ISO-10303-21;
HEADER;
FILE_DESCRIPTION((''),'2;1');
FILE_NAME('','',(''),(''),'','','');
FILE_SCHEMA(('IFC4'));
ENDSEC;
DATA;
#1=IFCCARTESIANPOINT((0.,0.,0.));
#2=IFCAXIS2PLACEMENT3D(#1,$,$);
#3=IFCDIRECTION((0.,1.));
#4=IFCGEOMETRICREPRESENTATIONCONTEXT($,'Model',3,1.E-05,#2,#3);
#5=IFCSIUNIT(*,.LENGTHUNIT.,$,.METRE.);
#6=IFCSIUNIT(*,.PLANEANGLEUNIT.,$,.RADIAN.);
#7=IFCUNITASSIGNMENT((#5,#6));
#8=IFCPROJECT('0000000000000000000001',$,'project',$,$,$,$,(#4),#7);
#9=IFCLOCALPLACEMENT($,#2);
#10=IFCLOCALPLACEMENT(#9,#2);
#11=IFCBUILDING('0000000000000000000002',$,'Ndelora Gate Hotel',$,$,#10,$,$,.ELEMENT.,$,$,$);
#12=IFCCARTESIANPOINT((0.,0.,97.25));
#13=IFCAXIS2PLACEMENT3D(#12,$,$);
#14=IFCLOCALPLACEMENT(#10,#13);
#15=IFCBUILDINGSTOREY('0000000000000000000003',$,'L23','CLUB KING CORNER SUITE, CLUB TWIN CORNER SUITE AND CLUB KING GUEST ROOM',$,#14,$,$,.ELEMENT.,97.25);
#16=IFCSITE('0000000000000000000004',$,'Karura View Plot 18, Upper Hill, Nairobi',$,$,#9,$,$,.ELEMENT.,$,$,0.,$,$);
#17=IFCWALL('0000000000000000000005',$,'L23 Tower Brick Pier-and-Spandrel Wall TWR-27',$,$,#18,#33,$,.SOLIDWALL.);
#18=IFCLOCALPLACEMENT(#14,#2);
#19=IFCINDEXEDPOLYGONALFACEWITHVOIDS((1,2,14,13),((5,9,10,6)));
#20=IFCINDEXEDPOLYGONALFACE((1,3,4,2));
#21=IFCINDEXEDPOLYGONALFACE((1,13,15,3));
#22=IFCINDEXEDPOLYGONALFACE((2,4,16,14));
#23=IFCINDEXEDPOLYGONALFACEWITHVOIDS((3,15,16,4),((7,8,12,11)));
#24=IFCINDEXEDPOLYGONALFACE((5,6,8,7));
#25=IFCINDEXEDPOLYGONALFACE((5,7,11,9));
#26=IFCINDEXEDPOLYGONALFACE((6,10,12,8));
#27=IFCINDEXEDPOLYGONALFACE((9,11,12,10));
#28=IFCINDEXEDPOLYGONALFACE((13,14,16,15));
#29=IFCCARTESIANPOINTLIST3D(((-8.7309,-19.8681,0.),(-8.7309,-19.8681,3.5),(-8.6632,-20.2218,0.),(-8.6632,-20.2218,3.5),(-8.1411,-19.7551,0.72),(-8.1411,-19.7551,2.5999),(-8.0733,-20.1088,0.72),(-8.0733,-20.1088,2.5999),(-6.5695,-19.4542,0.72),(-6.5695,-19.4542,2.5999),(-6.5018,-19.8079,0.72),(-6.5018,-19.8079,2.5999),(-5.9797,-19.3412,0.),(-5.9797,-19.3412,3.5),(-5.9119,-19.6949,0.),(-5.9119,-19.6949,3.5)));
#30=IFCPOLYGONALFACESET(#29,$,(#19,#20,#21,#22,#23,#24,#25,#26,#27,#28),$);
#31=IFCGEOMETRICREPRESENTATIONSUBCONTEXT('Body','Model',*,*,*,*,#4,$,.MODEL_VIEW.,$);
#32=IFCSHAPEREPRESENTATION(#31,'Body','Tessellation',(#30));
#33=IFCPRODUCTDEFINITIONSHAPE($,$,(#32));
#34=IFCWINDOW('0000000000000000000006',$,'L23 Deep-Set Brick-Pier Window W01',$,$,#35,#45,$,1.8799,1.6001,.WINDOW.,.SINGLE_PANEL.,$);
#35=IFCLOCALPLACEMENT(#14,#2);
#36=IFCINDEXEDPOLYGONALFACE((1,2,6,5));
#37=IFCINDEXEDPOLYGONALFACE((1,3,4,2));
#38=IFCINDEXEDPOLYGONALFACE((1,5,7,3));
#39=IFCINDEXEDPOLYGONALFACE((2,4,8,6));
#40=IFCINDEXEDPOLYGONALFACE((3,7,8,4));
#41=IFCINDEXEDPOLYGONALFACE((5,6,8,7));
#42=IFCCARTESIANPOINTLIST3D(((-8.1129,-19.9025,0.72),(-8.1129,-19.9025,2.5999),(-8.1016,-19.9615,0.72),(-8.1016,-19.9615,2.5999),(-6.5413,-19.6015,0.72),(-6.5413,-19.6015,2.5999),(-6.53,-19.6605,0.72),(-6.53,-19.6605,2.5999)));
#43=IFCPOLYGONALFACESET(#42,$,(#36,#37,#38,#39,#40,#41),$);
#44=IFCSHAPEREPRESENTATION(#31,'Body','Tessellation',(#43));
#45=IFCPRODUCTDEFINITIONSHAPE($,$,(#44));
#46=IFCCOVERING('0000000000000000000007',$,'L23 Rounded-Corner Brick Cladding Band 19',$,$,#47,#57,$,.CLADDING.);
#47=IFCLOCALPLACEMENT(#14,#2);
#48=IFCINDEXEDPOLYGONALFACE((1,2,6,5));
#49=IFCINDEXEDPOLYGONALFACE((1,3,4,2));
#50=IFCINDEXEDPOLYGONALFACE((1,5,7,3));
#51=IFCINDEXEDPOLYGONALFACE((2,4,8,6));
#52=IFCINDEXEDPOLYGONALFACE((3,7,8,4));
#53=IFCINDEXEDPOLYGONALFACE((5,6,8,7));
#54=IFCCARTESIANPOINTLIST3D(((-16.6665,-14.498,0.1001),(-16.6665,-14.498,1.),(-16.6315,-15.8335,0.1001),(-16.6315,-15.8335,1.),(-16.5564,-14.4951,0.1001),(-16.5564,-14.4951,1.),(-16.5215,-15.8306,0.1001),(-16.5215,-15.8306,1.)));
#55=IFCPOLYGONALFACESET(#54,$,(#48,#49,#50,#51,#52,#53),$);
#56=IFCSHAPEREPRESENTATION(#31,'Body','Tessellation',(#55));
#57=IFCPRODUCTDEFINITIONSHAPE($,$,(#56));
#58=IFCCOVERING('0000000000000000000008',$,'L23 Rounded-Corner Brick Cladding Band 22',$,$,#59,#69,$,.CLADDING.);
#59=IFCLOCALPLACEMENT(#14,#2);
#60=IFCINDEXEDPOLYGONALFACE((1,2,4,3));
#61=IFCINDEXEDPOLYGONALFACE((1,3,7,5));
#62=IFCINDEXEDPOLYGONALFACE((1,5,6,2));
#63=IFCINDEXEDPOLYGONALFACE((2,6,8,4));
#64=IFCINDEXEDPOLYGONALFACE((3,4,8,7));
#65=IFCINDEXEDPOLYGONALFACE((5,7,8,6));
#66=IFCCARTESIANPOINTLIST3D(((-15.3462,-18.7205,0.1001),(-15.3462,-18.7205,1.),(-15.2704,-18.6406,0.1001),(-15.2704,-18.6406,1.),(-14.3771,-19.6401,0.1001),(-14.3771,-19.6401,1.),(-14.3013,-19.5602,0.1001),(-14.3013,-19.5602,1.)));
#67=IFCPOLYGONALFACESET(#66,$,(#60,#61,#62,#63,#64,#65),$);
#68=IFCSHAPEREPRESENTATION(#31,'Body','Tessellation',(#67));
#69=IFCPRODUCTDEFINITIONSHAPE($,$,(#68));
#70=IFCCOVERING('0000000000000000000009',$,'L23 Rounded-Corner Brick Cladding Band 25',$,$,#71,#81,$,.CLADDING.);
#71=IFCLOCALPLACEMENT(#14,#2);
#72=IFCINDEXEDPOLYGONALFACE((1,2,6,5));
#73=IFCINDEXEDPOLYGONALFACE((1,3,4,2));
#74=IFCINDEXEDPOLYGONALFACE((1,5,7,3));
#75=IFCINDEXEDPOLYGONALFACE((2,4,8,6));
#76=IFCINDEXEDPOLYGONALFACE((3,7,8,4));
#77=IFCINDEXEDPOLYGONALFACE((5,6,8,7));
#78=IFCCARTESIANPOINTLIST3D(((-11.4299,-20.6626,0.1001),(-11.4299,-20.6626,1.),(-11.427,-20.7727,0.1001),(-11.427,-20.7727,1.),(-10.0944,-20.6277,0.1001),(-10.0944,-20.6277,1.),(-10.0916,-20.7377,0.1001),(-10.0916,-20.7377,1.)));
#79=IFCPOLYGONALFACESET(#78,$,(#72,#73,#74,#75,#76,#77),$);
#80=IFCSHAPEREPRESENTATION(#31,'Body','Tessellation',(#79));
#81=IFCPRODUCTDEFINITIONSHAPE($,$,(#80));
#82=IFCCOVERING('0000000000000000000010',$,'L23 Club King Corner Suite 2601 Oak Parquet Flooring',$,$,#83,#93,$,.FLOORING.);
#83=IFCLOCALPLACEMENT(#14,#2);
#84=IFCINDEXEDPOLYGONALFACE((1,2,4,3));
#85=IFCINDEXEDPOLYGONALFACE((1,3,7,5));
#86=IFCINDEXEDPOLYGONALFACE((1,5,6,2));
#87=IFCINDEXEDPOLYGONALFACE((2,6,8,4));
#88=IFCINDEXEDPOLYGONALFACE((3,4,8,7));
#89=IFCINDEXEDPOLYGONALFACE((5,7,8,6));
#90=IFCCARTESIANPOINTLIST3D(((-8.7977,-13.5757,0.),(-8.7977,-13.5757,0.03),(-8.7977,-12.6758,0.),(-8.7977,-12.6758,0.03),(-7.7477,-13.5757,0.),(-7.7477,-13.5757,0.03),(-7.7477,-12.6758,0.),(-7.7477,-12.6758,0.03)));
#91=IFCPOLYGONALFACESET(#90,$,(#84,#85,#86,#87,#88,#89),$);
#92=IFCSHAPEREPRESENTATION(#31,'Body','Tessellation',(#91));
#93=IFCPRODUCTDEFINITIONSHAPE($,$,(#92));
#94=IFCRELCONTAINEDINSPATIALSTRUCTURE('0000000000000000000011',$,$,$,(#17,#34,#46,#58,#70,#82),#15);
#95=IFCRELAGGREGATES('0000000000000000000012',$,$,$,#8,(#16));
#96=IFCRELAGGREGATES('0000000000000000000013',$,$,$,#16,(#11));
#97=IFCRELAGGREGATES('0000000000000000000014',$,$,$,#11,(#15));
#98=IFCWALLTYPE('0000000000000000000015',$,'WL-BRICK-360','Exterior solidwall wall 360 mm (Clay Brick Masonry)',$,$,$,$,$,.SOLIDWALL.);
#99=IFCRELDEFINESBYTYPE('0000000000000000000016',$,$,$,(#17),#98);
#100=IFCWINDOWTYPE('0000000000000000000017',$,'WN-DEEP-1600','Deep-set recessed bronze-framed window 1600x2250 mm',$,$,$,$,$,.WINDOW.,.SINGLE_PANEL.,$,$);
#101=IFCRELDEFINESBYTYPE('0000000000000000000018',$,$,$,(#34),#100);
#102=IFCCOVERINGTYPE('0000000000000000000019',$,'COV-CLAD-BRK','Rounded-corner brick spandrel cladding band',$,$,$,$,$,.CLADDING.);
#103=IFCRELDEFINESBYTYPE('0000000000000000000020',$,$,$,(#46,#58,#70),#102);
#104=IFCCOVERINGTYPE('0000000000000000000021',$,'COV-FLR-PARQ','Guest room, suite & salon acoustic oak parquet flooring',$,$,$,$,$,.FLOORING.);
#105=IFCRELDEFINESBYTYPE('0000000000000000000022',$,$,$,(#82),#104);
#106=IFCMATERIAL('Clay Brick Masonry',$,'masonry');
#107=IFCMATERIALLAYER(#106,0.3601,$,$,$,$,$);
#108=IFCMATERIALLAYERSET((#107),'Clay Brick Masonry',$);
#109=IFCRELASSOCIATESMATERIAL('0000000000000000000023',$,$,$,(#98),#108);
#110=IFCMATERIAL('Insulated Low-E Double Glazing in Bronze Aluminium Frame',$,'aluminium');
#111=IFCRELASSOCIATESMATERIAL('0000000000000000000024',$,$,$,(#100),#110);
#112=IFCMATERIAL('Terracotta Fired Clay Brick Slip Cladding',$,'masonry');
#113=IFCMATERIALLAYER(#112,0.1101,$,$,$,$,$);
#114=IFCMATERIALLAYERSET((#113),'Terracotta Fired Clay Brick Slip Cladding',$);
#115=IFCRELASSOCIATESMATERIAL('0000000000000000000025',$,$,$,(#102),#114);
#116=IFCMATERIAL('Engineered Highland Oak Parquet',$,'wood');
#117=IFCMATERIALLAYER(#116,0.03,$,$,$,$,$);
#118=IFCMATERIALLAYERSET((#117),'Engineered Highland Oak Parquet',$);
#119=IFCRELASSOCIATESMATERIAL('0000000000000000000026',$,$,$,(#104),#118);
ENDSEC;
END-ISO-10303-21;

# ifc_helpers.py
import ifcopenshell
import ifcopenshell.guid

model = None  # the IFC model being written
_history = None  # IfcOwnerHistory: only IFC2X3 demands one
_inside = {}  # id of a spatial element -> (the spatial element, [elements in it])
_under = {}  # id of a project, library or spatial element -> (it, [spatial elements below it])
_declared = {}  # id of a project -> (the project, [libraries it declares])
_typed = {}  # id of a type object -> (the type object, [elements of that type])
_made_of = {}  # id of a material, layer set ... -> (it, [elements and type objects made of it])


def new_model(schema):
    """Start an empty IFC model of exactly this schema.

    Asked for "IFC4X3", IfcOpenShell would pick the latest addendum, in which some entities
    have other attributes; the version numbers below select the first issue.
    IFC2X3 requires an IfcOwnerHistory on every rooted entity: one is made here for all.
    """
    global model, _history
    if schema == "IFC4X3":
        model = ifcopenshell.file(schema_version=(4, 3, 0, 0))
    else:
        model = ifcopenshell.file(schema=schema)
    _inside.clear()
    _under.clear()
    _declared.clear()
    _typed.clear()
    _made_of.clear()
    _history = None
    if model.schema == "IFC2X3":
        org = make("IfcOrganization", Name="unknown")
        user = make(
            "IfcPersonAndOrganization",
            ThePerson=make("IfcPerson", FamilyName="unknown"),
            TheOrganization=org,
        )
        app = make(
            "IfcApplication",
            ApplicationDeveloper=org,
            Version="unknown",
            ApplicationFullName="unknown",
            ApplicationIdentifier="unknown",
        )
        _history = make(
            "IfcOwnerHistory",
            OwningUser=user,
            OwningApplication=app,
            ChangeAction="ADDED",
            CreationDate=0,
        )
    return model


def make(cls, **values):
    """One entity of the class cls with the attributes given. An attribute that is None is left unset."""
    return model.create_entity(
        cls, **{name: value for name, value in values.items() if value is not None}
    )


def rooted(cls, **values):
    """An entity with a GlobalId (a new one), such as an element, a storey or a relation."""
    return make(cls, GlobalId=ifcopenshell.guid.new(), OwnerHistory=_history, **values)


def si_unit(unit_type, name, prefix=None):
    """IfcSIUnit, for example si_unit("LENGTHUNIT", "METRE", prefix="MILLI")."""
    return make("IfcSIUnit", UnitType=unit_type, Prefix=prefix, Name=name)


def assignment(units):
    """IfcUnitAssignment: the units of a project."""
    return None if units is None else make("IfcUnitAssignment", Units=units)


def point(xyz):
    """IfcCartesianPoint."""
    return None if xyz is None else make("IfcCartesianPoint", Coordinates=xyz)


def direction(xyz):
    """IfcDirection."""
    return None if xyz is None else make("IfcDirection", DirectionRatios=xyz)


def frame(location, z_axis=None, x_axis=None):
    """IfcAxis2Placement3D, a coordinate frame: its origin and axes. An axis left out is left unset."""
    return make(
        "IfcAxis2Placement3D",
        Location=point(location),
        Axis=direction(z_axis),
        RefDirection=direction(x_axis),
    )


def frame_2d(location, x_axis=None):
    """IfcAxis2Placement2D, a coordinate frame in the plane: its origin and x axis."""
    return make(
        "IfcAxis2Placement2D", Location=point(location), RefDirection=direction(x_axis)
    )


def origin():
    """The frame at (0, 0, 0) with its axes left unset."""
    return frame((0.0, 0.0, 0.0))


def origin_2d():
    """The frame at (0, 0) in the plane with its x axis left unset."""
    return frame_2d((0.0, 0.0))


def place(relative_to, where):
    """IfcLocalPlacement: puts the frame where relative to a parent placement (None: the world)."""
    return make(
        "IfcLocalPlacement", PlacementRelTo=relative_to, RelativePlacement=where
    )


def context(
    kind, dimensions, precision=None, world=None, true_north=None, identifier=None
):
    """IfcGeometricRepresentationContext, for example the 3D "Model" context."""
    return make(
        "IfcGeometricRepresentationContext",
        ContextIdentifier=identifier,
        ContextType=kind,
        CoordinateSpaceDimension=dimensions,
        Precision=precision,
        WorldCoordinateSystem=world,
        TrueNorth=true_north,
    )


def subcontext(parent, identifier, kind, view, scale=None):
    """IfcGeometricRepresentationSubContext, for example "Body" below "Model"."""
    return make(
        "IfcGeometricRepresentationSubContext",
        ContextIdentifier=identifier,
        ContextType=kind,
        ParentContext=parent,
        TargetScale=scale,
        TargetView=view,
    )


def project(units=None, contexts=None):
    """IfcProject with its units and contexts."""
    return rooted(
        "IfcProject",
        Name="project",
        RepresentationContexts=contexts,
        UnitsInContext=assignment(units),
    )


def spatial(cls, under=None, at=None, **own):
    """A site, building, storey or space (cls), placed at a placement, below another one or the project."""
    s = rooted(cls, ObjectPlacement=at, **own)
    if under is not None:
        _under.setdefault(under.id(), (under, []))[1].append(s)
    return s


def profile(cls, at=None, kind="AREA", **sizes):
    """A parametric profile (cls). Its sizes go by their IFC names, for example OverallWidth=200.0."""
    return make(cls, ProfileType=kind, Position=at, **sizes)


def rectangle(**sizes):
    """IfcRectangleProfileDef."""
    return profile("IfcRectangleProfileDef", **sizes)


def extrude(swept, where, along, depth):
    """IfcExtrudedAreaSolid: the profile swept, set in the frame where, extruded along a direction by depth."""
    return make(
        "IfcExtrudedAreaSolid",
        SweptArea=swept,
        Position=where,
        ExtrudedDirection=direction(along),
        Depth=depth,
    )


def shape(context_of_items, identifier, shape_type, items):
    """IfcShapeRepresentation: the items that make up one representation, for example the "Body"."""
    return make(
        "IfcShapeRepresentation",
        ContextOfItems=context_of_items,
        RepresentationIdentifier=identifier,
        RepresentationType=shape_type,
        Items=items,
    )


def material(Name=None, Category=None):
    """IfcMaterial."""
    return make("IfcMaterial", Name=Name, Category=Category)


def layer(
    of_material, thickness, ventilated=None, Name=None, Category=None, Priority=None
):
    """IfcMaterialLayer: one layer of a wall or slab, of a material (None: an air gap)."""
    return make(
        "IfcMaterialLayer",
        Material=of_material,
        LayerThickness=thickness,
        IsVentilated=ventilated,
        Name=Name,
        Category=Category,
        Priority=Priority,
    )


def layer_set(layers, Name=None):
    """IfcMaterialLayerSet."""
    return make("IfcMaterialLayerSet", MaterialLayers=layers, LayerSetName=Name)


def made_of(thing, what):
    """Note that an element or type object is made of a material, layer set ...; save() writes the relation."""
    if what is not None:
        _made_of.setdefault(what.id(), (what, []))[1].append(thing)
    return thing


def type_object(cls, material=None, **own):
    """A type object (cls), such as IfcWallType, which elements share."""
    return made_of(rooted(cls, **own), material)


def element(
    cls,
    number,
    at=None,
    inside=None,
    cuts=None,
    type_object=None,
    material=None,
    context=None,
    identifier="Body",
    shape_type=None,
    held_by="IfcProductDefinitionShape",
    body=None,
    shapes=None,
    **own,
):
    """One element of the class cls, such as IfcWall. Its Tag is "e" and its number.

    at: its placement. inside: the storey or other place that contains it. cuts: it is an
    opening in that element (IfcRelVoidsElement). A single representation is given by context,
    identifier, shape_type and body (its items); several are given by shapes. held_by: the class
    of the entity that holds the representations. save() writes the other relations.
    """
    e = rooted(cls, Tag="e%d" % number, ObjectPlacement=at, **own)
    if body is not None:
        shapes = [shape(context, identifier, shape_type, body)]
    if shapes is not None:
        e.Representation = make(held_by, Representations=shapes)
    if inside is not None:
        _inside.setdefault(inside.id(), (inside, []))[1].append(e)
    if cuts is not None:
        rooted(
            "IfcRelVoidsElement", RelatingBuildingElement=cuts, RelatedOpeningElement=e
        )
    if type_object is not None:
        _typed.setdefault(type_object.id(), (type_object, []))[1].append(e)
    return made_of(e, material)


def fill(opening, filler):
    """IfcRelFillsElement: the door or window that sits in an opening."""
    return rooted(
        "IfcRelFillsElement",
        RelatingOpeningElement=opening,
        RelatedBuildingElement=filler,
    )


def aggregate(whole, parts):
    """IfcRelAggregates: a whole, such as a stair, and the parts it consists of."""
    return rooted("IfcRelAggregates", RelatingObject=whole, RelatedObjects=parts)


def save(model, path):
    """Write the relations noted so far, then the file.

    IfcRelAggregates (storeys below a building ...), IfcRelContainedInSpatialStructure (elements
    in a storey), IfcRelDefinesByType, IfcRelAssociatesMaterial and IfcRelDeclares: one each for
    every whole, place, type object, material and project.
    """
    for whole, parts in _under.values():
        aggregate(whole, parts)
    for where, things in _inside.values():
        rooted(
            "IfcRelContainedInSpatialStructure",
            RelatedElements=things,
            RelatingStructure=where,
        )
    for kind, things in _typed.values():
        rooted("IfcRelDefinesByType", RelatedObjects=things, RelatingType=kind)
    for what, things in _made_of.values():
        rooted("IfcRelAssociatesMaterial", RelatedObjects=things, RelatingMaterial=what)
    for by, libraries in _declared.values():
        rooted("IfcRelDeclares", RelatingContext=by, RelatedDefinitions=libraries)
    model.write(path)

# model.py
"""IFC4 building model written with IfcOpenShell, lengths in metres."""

from ifc_helpers import new_model, si_unit, direction, frame, frame_2d, origin, origin_2d, place, context, subcontext, project, spatial, rectangle, extrude, material, layer, layer_set, type_object, element, fill, save


model = new_model("IFC4")

# Units and contexts
model_context = context("Model", 3, precision=1e-05, world=origin(), true_north=direction((0.0, 1.0)))
body_context = subcontext(model_context, "Body", "Model", "MODEL_VIEW")
ifc_project = project(units=[si_unit("LENGTHUNIT", "METRE"), si_unit("PLANEANGLEUNIT", "RADIAN")], contexts=[model_context])

# Site, building, storey
site_placement = place(None, origin())
site = spatial("IfcSite", under=ifc_project, at=site_placement, Name="Karura View Plot 18, Upper Hill, Nairobi", CompositionType="ELEMENT", RefElevation=0.0)
building_placement = place(site_placement, origin())
building = spatial("IfcBuilding", under=site, at=building_placement, Name="Ndelora Gate Hotel", CompositionType="ELEMENT")
storey_placement = place(building_placement, frame((0.0, 0.0, 97.25)))
storey = spatial("IfcBuildingStorey", under=building, at=storey_placement, Name="L23", Description="CLUB KING CORNER SUITE, CLUB TWIN CORNER SUITE AND CLUB KING GUEST ROOM", CompositionType="ELEMENT", Elevation=97.25)

# Shared definitions
ifc_material_1 = material(Name="Clay Brick Masonry", Category="masonry")
ifc_layer_1 = layer(ifc_material_1, 0.3601)
ifc_layer_set_1 = layer_set([ifc_layer_1], Name="Clay Brick Masonry")
wall_type = type_object("IfcWallType", Name="WL-BRICK-360", Description="Exterior solidwall wall 360 mm (Clay Brick Masonry)", PredefinedType="SOLIDWALL", material=ifc_layer_set_1)
ifc_material_2 = material(Name="Insulated Low-E Double Glazing in Bronze Aluminium Frame", Category="aluminium")

# Wall, opening, window
wall_1_placement = place(storey_placement, frame((-5.9458, -19.5181, 0.0), z_axis=(0.0, 0.0, 1.0), x_axis=(-0.982153, -0.188081, 0.0)))
wall_1 = element("IfcWall", 1, at=wall_1_placement, inside=storey, type_object=wall_type, Name="L23 Tower Brick Pier-and-Spandrel Wall TWR-27", PredefinedType="SOLIDWALL", context=body_context, shape_type="SweptSolid", body=[
    extrude(rectangle(XDim=2.8013, YDim=0.3601, at=frame_2d((1.4006, 0.0))), origin(), (0.0, 0.0, 1.0), 3.5),
])
opening_1_placement = place(wall_1_placement, frame((0.6006, 0.0, 0.72)))
opening_1 = element("IfcOpeningElement", 2, at=opening_1_placement, cuts=wall_1, PredefinedType="OPENING", context=body_context, shape_type="SweptSolid", body=[
    extrude(rectangle(XDim=1.6001, YDim=1.8799, at=frame_2d((0.8, 0.9399))), frame((0.0, 0.1899, 0.0), z_axis=(0.0, -1.0, 0.0), x_axis=(1.0, 0.0, 0.0)), (0.0, 0.0, 1.0), 0.3801),
])
window_type_1 = type_object("IfcWindowType", Name="WN-DEEP-1600", Description="Deep-set recessed bronze-framed window 1600x2250 mm", PartitioningType="SINGLE_PANEL", PredefinedType="WINDOW", material=ifc_material_2)
window_1_placement = place(opening_1_placement, origin())
window_1 = element("IfcWindow", 3, at=window_1_placement, inside=storey, type_object=window_type_1, Name="L23 Deep-Set Brick-Pier Window W01", OverallHeight=1.8799, OverallWidth=1.6001, PartitioningType="SINGLE_PANEL", PredefinedType="WINDOW", context=body_context, shape_type="SweptSolid", body=[
    extrude(rectangle(XDim=1.6001, YDim=1.8799, at=frame_2d((0.8, 0.9399))), frame((0.0, 0.03, 0.0), z_axis=(0.0, -1.0, 0.0), x_axis=(1.0, 0.0, 0.0)), (0.0, 0.0, 1.0), 0.0601),
])
fill(opening_1, window_1)

# Coverings
ifc_material_3 = material(Name="Terracotta Fired Clay Brick Slip Cladding", Category="masonry")
ifc_layer_2 = layer(ifc_material_3, 0.1101)
ifc_layer_set_2 = layer_set([ifc_layer_2], Name="Terracotta Fired Clay Brick Slip Cladding")
covering_type_1 = type_object("IfcCoveringType", Name="COV-CLAD-BRK", Description="Rounded-corner brick spandrel cladding band", PredefinedType="CLADDING", material=ifc_layer_set_2)
for number, where, z_axis, x_axis, name in (
    (4, (-16.594, -15.1643, 0.1001), (0.0, 0.0, 1.0), (-0.026177, 0.999657, 0.0), "L23 Rounded-Corner Brick Cladding Band 19"),
    (5, (-14.8237, -19.1404, 0.1001), (0.0, 0.0, 1.0), (-0.725374, 0.688355, 0.0), "L23 Rounded-Corner Brick Cladding Band 22"),
    (6, (-10.7607, -20.7002, 0.1001), (0.0, 0.0, 1.0), (0.999657, 0.026177, 0.0), "L23 Rounded-Corner Brick Cladding Band 25"),
):
    element("IfcCovering", number, at=place(storey_placement, frame(where, z_axis=z_axis, x_axis=x_axis)), inside=storey, type_object=covering_type_1, Name=name, PredefinedType="CLADDING", context=body_context, shape_type="SweptSolid", body=[
        extrude(rectangle(XDim=1.3359, YDim=0.1101, at=origin_2d()), origin(), (0.0, 0.0, 1.0), 0.8999),
    ])
ifc_material_4 = material(Name="Engineered Highland Oak Parquet", Category="wood")
ifc_layer_3 = layer(ifc_material_4, 0.03)
ifc_layer_set_3 = layer_set([ifc_layer_3], Name="Engineered Highland Oak Parquet")
covering_type_2 = type_object("IfcCoveringType", Name="COV-FLR-PARQ", Description="Guest room, suite & salon acoustic oak parquet flooring", PredefinedType="FLOORING", material=ifc_layer_set_3)
covering_placement = place(storey_placement, frame((-8.2727, -13.1257, 0.0), z_axis=(0.0, 0.0, 1.0), x_axis=(1.0, 0.0, 0.0)))
element("IfcCovering", 7, at=covering_placement, inside=storey, type_object=covering_type_2, Name="L23 Club King Corner Suite 2601 Oak Parquet Flooring", PredefinedType="FLOORING", context=body_context, shape_type="SweptSolid", body=[
    extrude(rectangle(XDim=1.05, YDim=0.8999, at=origin_2d()), origin(), (0.0, 0.0, 1.0), 0.03),
])

save(model, "model.ifc")
